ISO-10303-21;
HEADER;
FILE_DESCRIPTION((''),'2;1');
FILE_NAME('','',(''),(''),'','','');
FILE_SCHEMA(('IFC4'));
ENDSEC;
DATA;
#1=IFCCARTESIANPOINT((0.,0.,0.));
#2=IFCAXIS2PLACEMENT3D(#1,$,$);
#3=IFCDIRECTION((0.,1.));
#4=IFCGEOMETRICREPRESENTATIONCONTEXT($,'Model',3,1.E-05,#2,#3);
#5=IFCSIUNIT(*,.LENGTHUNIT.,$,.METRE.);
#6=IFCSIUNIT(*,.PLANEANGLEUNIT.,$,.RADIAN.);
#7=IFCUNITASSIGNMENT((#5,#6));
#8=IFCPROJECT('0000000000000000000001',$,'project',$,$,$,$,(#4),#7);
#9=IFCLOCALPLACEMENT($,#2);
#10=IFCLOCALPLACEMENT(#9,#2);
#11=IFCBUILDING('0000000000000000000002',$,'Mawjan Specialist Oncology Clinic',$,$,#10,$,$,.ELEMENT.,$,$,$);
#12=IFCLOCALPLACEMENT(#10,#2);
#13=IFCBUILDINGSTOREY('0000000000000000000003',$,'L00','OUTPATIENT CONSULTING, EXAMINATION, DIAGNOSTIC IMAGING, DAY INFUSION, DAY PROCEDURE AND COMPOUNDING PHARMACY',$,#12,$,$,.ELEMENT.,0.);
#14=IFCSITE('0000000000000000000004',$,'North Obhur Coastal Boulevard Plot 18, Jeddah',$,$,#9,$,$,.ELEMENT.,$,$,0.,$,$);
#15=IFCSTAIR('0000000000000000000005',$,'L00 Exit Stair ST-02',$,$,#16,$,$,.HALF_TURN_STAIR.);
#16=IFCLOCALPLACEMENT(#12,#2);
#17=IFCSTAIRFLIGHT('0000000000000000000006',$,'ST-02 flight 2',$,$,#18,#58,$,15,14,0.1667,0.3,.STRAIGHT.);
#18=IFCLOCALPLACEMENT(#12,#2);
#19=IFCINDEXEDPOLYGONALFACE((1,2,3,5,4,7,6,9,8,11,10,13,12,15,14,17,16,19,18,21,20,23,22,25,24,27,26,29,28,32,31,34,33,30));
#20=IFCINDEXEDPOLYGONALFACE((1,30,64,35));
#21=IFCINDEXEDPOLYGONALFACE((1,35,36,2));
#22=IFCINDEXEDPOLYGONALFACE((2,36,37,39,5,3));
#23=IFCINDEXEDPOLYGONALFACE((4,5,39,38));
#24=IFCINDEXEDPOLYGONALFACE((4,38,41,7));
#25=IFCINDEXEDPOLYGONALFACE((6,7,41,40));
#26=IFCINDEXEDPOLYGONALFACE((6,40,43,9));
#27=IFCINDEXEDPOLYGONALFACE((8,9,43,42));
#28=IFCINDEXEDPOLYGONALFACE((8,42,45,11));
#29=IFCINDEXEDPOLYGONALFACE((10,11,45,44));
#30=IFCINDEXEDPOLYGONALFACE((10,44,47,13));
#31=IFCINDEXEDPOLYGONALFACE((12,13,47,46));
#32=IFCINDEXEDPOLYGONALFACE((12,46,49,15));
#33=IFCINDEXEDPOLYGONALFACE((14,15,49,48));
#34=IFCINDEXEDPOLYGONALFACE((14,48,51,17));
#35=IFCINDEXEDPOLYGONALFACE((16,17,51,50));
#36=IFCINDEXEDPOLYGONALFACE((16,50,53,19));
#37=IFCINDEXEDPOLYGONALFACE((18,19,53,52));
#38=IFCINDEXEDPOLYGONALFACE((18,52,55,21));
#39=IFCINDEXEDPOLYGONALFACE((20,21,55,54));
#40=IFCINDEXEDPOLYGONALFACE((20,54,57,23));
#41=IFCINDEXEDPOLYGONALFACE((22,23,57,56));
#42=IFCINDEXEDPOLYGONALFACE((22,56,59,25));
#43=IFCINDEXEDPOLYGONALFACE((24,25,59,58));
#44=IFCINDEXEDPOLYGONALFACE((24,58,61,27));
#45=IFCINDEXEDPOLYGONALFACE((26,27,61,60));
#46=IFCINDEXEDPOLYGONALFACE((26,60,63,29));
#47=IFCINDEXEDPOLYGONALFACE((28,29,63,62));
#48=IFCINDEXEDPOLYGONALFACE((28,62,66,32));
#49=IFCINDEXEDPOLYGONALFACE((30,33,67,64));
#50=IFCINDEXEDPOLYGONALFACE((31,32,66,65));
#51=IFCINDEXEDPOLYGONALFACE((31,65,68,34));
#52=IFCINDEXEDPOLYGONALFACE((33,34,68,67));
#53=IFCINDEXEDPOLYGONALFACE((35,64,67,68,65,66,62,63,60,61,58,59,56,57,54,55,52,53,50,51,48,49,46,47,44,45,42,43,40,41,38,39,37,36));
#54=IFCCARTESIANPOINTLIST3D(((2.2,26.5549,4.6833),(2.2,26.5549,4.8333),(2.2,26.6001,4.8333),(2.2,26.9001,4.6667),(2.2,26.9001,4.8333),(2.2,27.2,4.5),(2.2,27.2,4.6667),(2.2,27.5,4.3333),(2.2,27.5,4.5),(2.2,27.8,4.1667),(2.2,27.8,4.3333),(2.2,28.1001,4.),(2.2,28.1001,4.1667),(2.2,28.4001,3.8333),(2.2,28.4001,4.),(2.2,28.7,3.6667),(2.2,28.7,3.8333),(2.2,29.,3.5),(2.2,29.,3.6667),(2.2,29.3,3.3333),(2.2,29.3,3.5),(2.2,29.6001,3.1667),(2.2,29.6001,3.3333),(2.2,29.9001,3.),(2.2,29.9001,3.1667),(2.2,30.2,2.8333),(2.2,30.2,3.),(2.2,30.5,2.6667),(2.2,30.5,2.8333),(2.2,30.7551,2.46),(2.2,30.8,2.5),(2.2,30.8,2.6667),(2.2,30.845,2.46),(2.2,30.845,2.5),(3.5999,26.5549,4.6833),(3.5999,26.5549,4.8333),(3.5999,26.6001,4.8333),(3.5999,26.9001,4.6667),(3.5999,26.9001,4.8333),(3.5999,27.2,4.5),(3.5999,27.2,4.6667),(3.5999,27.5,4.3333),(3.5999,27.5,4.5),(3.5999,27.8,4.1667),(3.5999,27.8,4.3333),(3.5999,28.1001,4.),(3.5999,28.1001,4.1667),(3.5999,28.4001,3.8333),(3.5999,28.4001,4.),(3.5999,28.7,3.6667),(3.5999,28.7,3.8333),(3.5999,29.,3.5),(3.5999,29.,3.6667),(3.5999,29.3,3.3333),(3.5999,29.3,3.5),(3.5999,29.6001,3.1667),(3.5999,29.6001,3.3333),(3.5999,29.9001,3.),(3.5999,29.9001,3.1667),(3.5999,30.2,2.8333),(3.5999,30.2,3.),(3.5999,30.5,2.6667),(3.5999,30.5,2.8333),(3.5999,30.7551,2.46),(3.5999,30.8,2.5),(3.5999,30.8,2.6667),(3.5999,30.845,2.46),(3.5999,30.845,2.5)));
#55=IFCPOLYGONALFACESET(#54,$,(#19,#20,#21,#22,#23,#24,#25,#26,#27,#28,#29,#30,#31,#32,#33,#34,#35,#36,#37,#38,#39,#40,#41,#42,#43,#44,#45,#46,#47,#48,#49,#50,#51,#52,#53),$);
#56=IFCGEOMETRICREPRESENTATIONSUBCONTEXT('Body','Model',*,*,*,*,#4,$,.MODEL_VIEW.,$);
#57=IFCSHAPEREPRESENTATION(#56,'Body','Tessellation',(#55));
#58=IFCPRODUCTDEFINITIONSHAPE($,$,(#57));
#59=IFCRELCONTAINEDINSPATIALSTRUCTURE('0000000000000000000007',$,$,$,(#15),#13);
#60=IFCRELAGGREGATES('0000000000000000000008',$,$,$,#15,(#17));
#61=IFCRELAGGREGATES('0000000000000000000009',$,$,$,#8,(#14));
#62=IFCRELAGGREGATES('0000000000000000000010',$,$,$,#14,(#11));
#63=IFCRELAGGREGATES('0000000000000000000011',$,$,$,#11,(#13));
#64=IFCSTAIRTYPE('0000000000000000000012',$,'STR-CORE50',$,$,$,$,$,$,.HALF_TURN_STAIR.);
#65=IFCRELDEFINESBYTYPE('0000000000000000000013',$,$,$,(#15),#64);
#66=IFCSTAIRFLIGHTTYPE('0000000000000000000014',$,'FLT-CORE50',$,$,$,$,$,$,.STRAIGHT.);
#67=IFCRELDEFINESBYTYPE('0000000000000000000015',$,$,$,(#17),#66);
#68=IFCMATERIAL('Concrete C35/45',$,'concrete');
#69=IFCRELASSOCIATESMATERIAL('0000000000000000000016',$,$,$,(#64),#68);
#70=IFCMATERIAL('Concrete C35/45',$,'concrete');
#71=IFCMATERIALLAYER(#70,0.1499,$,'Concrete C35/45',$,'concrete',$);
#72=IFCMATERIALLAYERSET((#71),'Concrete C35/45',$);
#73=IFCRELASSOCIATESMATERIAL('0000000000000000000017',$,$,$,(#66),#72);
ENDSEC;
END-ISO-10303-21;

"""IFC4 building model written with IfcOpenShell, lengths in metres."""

from ifc_helpers import new_model, si_unit, direction, frame, origin, place, context, subcontext, project, spatial, polyline, outline, extrude, material, layer, layer_set, type_object, element, aggregate, save


model = new_model("IFC4")

# Units and contexts
model_context = context("Model", 3, precision=1e-05, world=origin(), true_north=direction((0.0, 1.0)))
body_context = subcontext(model_context, "Body", "Model", "MODEL_VIEW")
ifc_project = project(units=[si_unit("LENGTHUNIT", "METRE"), si_unit("PLANEANGLEUNIT", "RADIAN")], contexts=[model_context])

# Site, building, storey
site_placement = place(None, origin())
site = spatial("IfcSite", under=ifc_project, at=site_placement, Name="North Obhur Coastal Boulevard Plot 18, Jeddah", CompositionType="ELEMENT", RefElevation=0.0)
building_placement = place(site_placement, origin())
building = spatial("IfcBuilding", under=site, at=building_placement, Name="Mawjan Specialist Oncology Clinic", CompositionType="ELEMENT")
storey_placement = place(building_placement, origin())
storey = spatial("IfcBuildingStorey", under=building, at=storey_placement, Name="L00", Description="OUTPATIENT CONSULTING, EXAMINATION, DIAGNOSTIC IMAGING, DAY INFUSION, DAY PROCEDURE AND COMPOUNDING PHARMACY", CompositionType="ELEMENT", Elevation=0.0)

# Stair, stair flight
ifc_material_1 = material(Name="Concrete C35/45", Category="concrete")
stair_type = type_object("IfcStairType", Name="STR-CORE50", PredefinedType="HALF_TURN_STAIR", material=ifc_material_1)
stair_placement = place(storey_placement, origin())
stair = element("IfcStair", 1, at=stair_placement, inside=storey, type_object=stair_type, Name="L00 Exit Stair ST-02", PredefinedType="HALF_TURN_STAIR")
ifc_material_2 = material(Name="Concrete C35/45", Category="concrete")
ifc_layer_1 = layer(ifc_material_2, 0.1499, Name="Concrete C35/45", Category="concrete")
ifc_layer_set_1 = layer_set([ifc_layer_1], Name="Concrete C35/45")
stair_flight_type = type_object("IfcStairFlightType", Name="FLT-CORE50", PredefinedType="STRAIGHT", material=ifc_layer_set_1)
stair_flight_placement = place(storey_placement, frame((2.8999, 30.8, 2.5), z_axis=(0.0, 0.0, 1.0), x_axis=(0.0, -1.0, 0.0)))
stair_flight = element("IfcStairFlight", 2, at=stair_flight_placement, type_object=stair_flight_type, Name="ST-02 flight 2", NumberOfRisers=15, NumberOfTreads=14, PredefinedType="STRAIGHT", RiserHeight=0.1667, TreadLength=0.3, context=body_context, shape_type="SweptSolid", body=[
    extrude(outline(polyline([(-0.0449, -0.04), (-0.0449, 0.0), (0.0, 0.0), (0.0, 0.1667), (0.3, 0.1667), (0.3, 0.3333), (0.6001, 0.3333), (0.6001, 0.5), (0.8999, 0.5), (0.8999, 0.6667), (1.2, 0.6667), (1.2, 0.8333), (1.5, 0.8333), (1.5, 1.0), (1.8, 1.0), (1.8, 1.1667), (2.1001, 1.1667), (2.1001, 1.3333), (2.3999, 1.3333), (2.3999, 1.5), (2.7, 1.5), (2.7, 1.6667), (3.0, 1.6667), (3.0, 1.8333), (3.3, 1.8333), (3.3, 2.0), (3.6001, 2.0), (3.6001, 2.1667), (3.8999, 2.1667), (3.8999, 2.3333), (4.2, 2.3333), (4.2451, 2.3333), (4.2451, 2.1833), (0.0449, -0.04), (-0.0449, -0.04)])), frame((0.0, 0.7, 0.0), z_axis=(0.0, -1.0, 0.0), x_axis=(1.0, 0.0, 0.0)), (0.0, 0.0, 1.0), 1.3999),
])
aggregate(stair, [stair_flight])

save(model, "model.ifc")
